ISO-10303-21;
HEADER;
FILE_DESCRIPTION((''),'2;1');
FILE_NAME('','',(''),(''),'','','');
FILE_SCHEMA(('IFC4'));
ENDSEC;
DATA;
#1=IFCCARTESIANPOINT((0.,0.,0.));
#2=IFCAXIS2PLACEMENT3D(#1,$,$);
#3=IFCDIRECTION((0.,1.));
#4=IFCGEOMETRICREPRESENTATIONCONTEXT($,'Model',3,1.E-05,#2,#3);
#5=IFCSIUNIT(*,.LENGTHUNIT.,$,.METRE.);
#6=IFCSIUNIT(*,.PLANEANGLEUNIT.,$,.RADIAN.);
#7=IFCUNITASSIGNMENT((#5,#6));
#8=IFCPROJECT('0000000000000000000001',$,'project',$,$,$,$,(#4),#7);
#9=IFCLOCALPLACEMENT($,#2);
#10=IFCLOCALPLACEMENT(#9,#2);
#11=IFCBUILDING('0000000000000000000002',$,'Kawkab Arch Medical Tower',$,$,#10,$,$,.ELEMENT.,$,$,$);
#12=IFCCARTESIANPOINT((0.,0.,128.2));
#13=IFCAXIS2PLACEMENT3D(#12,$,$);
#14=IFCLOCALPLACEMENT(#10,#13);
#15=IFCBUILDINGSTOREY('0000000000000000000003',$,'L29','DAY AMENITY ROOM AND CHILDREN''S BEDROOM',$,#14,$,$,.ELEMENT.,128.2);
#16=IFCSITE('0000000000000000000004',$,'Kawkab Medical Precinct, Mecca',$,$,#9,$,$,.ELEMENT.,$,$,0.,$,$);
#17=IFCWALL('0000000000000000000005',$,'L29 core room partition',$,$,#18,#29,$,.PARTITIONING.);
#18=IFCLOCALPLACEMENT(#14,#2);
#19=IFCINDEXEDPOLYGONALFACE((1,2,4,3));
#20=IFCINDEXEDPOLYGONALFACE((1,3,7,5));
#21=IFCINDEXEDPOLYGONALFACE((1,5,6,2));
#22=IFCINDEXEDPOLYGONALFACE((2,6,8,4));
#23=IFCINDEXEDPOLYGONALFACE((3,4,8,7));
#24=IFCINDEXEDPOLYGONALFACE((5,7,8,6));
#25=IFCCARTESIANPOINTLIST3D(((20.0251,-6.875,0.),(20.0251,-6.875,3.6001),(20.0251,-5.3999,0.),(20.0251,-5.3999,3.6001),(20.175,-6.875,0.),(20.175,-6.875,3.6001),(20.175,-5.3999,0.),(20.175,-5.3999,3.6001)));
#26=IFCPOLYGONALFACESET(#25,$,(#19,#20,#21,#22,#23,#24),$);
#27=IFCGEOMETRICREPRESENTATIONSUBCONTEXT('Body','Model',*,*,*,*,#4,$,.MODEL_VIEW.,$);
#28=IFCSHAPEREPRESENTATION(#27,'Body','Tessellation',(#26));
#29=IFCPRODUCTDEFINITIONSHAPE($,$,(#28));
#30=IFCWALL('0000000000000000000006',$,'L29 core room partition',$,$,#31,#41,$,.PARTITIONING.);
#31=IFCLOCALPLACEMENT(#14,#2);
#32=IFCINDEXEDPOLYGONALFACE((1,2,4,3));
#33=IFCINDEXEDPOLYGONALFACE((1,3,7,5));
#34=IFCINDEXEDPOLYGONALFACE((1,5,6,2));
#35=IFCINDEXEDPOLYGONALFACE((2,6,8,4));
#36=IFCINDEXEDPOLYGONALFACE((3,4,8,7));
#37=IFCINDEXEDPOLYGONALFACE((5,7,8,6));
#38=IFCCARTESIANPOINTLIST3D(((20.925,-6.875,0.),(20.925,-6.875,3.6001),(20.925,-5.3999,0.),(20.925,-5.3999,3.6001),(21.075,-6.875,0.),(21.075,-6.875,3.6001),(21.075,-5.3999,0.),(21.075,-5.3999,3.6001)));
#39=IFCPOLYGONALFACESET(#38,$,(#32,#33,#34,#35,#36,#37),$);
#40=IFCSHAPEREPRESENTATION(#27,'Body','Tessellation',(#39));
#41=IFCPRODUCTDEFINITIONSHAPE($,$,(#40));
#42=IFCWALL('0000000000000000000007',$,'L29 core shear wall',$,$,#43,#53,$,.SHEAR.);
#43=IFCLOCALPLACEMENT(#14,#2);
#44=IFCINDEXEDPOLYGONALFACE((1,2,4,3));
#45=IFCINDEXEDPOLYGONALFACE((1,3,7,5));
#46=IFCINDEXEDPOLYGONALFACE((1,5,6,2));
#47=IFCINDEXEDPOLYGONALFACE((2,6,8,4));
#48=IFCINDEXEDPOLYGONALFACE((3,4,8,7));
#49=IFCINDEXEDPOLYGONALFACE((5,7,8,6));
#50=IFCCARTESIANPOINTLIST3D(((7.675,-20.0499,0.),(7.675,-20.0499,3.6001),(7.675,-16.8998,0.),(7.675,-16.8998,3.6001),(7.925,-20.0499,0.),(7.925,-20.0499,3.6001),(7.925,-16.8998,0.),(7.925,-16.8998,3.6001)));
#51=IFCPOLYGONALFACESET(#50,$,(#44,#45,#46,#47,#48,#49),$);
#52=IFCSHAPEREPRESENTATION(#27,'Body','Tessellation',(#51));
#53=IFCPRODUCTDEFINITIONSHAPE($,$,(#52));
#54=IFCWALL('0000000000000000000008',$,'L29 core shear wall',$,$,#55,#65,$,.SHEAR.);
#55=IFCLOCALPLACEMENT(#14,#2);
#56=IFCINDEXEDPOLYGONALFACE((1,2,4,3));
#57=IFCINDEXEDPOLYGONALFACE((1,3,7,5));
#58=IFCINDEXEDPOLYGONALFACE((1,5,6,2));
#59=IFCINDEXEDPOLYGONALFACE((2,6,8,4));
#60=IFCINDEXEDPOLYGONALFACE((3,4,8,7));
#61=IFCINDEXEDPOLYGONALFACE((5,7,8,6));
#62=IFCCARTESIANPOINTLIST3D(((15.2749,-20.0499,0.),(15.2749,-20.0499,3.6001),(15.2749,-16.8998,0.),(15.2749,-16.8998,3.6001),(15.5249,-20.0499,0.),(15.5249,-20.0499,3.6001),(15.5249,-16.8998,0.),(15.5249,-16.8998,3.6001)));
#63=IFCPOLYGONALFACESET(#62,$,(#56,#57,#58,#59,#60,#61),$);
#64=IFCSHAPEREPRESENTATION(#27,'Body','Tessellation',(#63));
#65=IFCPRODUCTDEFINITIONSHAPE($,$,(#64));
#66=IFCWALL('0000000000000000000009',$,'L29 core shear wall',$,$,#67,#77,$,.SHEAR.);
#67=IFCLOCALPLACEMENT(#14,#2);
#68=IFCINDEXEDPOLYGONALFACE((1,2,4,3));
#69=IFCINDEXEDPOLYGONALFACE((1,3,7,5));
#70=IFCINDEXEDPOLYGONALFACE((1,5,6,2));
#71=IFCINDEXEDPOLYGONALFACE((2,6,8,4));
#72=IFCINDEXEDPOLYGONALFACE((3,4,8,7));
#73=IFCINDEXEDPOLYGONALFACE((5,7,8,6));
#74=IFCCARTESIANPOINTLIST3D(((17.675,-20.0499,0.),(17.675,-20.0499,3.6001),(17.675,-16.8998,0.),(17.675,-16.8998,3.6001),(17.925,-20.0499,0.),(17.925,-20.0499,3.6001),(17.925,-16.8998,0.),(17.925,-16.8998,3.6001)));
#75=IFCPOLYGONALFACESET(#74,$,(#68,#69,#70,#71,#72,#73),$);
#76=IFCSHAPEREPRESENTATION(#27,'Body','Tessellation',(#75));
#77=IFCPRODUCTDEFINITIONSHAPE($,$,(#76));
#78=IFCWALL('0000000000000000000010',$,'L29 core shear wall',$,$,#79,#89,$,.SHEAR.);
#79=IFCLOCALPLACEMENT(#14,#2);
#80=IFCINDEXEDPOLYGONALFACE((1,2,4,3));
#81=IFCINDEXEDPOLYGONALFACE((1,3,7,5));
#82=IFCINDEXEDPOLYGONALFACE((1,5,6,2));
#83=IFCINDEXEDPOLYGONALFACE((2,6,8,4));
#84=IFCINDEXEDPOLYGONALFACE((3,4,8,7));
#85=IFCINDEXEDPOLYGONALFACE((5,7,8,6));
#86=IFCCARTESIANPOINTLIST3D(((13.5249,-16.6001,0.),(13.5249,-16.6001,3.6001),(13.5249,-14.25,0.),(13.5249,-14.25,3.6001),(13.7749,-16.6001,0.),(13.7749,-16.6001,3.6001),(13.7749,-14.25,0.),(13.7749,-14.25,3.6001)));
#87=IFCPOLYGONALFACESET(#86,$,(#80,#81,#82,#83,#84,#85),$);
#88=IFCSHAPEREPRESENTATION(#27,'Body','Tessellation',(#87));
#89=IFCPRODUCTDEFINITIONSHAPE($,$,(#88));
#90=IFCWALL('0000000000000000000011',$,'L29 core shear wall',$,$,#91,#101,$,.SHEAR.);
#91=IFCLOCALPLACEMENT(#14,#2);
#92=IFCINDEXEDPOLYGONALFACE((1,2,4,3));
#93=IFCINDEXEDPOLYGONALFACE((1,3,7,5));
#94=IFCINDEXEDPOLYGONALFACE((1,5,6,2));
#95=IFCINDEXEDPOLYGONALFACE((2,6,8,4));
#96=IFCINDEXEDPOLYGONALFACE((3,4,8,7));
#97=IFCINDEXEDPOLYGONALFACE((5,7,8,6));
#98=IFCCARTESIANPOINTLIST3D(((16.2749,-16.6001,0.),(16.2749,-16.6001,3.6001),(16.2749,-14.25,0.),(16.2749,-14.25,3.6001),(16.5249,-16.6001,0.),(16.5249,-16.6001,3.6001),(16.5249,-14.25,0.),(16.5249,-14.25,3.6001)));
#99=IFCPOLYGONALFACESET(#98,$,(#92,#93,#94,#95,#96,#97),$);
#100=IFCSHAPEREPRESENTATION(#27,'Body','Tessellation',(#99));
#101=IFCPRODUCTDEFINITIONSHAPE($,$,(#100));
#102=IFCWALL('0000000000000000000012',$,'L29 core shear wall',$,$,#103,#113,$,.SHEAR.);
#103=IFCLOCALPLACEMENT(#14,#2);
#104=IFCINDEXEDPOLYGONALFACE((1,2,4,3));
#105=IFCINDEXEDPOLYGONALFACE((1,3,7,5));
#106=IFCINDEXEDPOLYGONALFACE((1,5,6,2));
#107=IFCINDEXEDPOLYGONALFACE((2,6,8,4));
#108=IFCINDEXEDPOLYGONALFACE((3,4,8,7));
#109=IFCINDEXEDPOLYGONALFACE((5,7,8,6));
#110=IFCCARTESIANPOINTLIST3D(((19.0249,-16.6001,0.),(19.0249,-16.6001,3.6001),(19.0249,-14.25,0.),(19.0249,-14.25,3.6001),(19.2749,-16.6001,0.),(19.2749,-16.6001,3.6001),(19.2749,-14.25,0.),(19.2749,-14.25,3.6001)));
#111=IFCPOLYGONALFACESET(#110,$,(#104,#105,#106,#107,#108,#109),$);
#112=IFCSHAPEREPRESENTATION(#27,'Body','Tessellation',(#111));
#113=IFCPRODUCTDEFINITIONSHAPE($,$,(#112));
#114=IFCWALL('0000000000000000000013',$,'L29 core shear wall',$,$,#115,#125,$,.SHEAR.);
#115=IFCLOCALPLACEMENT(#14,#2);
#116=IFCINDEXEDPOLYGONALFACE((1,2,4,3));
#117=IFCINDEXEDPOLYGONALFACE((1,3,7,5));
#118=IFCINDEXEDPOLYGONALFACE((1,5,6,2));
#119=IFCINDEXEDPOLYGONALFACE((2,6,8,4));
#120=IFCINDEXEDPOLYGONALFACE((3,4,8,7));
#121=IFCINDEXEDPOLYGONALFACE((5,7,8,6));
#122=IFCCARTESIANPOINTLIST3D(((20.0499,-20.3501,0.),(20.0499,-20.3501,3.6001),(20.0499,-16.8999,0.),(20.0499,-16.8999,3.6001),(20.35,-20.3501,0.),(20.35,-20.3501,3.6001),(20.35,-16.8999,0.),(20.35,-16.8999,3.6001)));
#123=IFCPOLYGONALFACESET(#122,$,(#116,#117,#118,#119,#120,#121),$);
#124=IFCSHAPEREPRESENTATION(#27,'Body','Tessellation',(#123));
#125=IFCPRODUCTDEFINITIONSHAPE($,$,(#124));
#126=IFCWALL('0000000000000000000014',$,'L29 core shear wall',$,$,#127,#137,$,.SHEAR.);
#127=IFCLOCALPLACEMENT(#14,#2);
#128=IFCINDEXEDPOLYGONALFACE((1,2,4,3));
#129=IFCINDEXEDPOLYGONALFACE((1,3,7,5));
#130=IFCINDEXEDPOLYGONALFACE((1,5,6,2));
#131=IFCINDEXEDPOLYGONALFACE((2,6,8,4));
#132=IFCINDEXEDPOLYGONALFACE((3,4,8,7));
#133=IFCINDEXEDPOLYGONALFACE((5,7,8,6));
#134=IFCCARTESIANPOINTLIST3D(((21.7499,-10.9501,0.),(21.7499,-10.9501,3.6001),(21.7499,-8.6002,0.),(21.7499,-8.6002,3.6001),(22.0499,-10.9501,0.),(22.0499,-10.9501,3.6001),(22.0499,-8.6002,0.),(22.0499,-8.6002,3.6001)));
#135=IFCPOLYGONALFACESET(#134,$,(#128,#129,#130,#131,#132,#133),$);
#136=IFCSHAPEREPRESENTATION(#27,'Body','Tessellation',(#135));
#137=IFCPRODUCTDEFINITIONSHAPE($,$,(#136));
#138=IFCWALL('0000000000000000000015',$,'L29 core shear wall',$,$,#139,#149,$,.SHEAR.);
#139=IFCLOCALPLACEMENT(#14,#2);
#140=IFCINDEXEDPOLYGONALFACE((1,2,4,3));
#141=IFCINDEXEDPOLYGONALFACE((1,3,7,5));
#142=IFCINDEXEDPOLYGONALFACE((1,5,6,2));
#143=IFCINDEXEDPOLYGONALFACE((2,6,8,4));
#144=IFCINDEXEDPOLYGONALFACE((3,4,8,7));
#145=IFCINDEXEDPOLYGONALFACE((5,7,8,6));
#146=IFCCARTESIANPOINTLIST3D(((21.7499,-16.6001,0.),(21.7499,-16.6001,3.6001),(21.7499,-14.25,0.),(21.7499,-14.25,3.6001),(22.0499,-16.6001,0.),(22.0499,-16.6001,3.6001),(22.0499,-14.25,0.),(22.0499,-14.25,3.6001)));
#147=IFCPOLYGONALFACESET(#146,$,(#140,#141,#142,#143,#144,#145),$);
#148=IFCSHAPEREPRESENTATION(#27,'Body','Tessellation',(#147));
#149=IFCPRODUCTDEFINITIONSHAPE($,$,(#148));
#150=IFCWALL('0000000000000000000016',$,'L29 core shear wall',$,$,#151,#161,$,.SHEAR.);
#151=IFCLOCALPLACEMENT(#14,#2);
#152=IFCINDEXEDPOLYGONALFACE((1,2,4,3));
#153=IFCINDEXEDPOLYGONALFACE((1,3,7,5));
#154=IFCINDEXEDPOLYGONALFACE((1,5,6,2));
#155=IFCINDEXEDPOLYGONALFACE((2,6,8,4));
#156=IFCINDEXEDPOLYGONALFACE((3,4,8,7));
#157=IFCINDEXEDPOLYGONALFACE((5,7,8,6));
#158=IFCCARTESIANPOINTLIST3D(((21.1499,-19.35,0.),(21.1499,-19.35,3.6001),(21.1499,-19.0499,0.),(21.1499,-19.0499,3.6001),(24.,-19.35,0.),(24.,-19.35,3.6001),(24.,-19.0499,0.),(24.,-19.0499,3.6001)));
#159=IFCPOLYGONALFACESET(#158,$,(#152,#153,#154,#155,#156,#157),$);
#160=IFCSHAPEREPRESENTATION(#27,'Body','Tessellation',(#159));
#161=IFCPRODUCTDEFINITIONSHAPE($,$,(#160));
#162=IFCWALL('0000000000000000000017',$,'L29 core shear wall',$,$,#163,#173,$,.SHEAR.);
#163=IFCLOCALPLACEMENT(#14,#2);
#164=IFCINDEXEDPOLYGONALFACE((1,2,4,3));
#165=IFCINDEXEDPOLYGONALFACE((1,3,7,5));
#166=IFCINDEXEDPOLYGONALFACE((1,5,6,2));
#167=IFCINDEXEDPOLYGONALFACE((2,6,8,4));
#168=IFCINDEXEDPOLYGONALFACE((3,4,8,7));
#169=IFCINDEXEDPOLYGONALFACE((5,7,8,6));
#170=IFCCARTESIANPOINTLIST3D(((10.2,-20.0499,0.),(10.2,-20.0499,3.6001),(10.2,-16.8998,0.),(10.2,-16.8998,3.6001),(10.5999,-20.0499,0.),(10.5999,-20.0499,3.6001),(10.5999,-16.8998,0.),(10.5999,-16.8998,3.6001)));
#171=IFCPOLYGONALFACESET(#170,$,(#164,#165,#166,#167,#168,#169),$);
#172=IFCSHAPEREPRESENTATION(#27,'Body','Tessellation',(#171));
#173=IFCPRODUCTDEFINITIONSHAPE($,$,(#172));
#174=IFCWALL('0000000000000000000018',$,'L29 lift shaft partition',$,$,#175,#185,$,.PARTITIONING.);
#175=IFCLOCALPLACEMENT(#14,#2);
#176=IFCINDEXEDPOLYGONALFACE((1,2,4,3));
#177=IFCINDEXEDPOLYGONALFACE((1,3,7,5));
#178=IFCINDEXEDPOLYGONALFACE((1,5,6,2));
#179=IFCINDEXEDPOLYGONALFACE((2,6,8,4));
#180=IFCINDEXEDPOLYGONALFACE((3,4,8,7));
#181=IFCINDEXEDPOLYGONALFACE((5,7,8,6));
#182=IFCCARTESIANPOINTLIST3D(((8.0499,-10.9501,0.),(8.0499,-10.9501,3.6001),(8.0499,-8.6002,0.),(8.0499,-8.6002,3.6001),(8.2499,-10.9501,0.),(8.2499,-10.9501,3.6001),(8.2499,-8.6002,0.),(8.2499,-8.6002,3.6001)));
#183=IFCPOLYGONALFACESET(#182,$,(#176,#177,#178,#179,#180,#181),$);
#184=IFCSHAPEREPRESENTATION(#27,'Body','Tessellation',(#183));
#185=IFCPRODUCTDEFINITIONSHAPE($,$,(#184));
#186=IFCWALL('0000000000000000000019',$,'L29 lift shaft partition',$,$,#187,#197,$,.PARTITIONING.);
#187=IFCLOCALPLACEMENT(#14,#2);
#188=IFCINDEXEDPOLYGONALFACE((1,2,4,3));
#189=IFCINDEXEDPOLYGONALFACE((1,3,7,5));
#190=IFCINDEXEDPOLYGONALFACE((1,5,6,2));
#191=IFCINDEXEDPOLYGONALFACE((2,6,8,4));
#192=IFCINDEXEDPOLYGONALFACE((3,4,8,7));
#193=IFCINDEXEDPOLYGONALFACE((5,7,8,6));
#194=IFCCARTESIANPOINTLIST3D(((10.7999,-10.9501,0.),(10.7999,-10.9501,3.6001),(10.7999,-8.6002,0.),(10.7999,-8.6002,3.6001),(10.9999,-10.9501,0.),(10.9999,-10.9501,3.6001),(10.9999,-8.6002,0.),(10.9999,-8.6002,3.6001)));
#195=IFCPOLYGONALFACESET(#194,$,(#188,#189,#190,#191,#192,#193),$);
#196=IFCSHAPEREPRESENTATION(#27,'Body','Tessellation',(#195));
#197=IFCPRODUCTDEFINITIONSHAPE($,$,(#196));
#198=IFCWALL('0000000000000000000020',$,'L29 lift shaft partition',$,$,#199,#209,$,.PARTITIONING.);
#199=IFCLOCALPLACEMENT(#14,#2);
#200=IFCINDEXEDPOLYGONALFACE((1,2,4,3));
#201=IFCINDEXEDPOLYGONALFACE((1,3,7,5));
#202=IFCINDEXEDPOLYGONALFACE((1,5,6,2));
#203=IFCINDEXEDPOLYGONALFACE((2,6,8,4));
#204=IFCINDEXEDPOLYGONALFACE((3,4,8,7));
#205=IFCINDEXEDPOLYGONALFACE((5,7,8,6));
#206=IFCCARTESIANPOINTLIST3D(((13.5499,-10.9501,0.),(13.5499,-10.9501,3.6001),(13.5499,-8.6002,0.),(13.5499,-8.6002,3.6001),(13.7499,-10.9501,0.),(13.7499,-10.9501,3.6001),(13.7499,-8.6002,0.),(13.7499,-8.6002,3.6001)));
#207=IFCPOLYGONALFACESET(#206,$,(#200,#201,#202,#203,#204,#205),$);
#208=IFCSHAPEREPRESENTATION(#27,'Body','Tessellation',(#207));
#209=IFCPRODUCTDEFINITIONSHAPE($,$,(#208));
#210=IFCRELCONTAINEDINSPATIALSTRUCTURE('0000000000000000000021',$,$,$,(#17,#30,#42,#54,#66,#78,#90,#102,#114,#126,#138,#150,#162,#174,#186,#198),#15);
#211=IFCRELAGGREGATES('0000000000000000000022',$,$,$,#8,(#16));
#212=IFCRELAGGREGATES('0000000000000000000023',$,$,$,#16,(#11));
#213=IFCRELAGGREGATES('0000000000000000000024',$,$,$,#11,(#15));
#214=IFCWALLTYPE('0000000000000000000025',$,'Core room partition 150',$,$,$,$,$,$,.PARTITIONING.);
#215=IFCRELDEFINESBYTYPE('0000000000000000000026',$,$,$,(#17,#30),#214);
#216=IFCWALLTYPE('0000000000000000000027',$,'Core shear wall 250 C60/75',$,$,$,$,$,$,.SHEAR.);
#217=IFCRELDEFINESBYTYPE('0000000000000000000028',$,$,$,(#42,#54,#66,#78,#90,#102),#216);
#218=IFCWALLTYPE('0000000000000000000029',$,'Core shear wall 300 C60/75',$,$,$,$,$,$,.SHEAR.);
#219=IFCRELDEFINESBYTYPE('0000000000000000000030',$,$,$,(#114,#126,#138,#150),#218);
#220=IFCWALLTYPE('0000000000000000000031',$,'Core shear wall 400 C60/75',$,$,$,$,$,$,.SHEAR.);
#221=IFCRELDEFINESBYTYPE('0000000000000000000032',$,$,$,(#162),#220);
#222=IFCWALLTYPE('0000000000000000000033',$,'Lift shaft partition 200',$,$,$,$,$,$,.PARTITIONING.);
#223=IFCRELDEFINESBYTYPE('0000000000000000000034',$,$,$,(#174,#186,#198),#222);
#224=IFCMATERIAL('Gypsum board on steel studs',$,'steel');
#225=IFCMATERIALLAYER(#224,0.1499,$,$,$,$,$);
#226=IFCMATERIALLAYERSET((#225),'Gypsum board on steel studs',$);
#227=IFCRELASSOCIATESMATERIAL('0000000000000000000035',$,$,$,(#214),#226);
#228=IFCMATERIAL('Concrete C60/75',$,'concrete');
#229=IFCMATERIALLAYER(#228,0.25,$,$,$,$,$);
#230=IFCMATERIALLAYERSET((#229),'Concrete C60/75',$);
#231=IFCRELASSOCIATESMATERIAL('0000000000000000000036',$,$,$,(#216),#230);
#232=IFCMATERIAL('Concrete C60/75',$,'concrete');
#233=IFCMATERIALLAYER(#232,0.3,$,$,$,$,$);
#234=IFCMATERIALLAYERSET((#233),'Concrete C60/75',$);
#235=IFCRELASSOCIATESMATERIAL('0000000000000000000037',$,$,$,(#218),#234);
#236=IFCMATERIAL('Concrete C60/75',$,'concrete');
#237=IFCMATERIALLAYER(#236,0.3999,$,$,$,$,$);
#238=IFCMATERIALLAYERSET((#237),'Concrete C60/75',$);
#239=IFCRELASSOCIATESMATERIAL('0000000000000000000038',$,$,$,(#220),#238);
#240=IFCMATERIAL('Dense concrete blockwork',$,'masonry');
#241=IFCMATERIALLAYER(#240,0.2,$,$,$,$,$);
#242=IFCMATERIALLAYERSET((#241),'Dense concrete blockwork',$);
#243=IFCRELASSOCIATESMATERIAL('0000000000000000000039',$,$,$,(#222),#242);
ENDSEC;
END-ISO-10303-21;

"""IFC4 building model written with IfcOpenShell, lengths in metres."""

from ifc_helpers import new_model, si_unit, direction, frame, frame_2d, origin, place, context, subcontext, project, spatial, rectangle, extrude, material, layer, layer_set, type_object, element, save


model = new_model("IFC4")

# Units and contexts
model_context = context("Model", 3, precision=1e-05, world=origin(), true_north=direction((0.0, 1.0)))
body_context = subcontext(model_context, "Body", "Model", "MODEL_VIEW")
ifc_project = project(units=[si_unit("LENGTHUNIT", "METRE"), si_unit("PLANEANGLEUNIT", "RADIAN")], contexts=[model_context])

# Site, building, storey
site_placement = place(None, origin())
site = spatial("IfcSite", under=ifc_project, at=site_placement, Name="Kawkab Medical Precinct, Mecca", CompositionType="ELEMENT", RefElevation=0.0)
building_placement = place(site_placement, origin())
building = spatial("IfcBuilding", under=site, at=building_placement, Name="Kawkab Arch Medical Tower", CompositionType="ELEMENT")
storey_placement = place(building_placement, frame((0.0, 0.0, 128.2)))
storey = spatial("IfcBuildingStorey", under=building, at=storey_placement, Name="L29", Description="DAY AMENITY ROOM AND CHILDREN'S BEDROOM", CompositionType="ELEMENT", Elevation=128.2)

# Shared definitions
ifc_material_1 = material(Name="Gypsum board on steel studs", Category="steel")
ifc_layer_1 = layer(ifc_material_1, 0.1499)
ifc_layer_set_1 = layer_set([ifc_layer_1], Name="Gypsum board on steel studs")
wall_type_1 = type_object("IfcWallType", Name="Core room partition 150", PredefinedType="PARTITIONING", material=ifc_layer_set_1)

# Walls
for number, where, z_axis, x_axis, name in (
    (1, (20.1001, -6.875, 0.0), (0.0, 0.0, 1.0), (0.0, 1.0, 0.0), "L29 core room partition"),
    (2, (21.0, -6.875, 0.0), (0.0, 0.0, 1.0), (0.0, 1.0, 0.0), "L29 core room partition"),
):
    element("IfcWall", number, at=place(storey_placement, frame(where, z_axis=z_axis, x_axis=x_axis)), inside=storey, type_object=wall_type_1, Name=name, PredefinedType="PARTITIONING", context=body_context, shape_type="SweptSolid", body=[
        extrude(rectangle(XDim=1.4751, YDim=0.1499, at=frame_2d((0.7375, 0.0))), origin(), (0.0, 0.0, 1.0), 3.6001),
    ])
ifc_material_2 = material(Name="Concrete C60/75", Category="concrete")
ifc_layer_2 = layer(ifc_material_2, 0.25)
ifc_layer_set_2 = layer_set([ifc_layer_2], Name="Concrete C60/75")
wall_type_2 = type_object("IfcWallType", Name="Core shear wall 250 C60/75", PredefinedType="SHEAR", material=ifc_layer_set_2)
for number, where, z_axis, x_axis, name in (
    (3, (7.8, -20.05, 0.0), (0.0, 0.0, 1.0), (0.0, 1.0, 0.0), "L29 core shear wall"),
    (4, (15.3999, -20.05, 0.0), (0.0, 0.0, 1.0), (0.0, 1.0, 0.0), "L29 core shear wall"),
    (5, (17.8, -20.05, 0.0), (0.0, 0.0, 1.0), (0.0, 1.0, 0.0), "L29 core shear wall"),
):
    element("IfcWall", number, at=place(storey_placement, frame(where, z_axis=z_axis, x_axis=x_axis)), inside=storey, type_object=wall_type_2, Name=name, PredefinedType="SHEAR", context=body_context, shape_type="SweptSolid", body=[
        extrude(rectangle(XDim=3.1501, YDim=0.25, at=frame_2d((1.5752, 0.0))), origin(), (0.0, 0.0, 1.0), 3.6001),
    ])
for number, where, z_axis, x_axis, name in (
    (6, (13.6499, -16.6001, 0.0), (0.0, 0.0, 1.0), (0.0, 1.0, 0.0), "L29 core shear wall"),
    (7, (16.3999, -16.6001, 0.0), (0.0, 0.0, 1.0), (0.0, 1.0, 0.0), "L29 core shear wall"),
    (8, (19.1499, -16.6001, 0.0), (0.0, 0.0, 1.0), (0.0, 1.0, 0.0), "L29 core shear wall"),
):
    element("IfcWall", number, at=place(storey_placement, frame(where, z_axis=z_axis, x_axis=x_axis)), inside=storey, type_object=wall_type_2, Name=name, PredefinedType="SHEAR", context=body_context, shape_type="SweptSolid", body=[
        extrude(rectangle(XDim=2.3501, YDim=0.25, at=frame_2d((1.175, 0.0))), origin(), (0.0, 0.0, 1.0), 3.6001),
    ])
ifc_material_3 = material(Name="Concrete C60/75", Category="concrete")
ifc_layer_3 = layer(ifc_material_3, 0.3)
ifc_layer_set_3 = layer_set([ifc_layer_3], Name="Concrete C60/75")
wall_type_3 = type_object("IfcWallType", Name="Core shear wall 300 C60/75", PredefinedType="SHEAR", material=ifc_layer_set_3)
wall_1_placement = place(storey_placement, frame((20.2, -20.3501, 0.0), z_axis=(0.0, 0.0, 1.0), x_axis=(0.0, 1.0, 0.0)))
element("IfcWall", 9, at=wall_1_placement, inside=storey, type_object=wall_type_3, Name="L29 core shear wall", PredefinedType="SHEAR", context=body_context, shape_type="SweptSolid", body=[
    extrude(rectangle(XDim=3.4502, YDim=0.3, at=frame_2d((1.7251, 0.0))), origin(), (0.0, 0.0, 1.0), 3.6001),
])
wall_2_placement = place(storey_placement, frame((21.8999, -10.95, 0.0), z_axis=(0.0, 0.0, 1.0), x_axis=(0.0, 1.0, 0.0)))
element("IfcWall", 10, at=wall_2_placement, inside=storey, type_object=wall_type_3, Name="L29 core shear wall", PredefinedType="SHEAR", context=body_context, shape_type="SweptSolid", body=[
    extrude(rectangle(XDim=2.3499, YDim=0.3, at=frame_2d((1.1748, 0.0))), origin(), (0.0, 0.0, 1.0), 3.6001),
])
wall_3_placement = place(storey_placement, frame((21.8999, -16.6001, 0.0), z_axis=(0.0, 0.0, 1.0), x_axis=(0.0, 1.0, 0.0)))
element("IfcWall", 11, at=wall_3_placement, inside=storey, type_object=wall_type_3, Name="L29 core shear wall", PredefinedType="SHEAR", context=body_context, shape_type="SweptSolid", body=[
    extrude(rectangle(XDim=2.3501, YDim=0.3, at=frame_2d((1.175, 0.0))), origin(), (0.0, 0.0, 1.0), 3.6001),
])
wall_4_placement = place(storey_placement, frame((21.1499, -19.2, 0.0), z_axis=(0.0, 0.0, 1.0), x_axis=(1.0, 0.0, 0.0)))
element("IfcWall", 12, at=wall_4_placement, inside=storey, type_object=wall_type_3, Name="L29 core shear wall", PredefinedType="SHEAR", context=body_context, shape_type="SweptSolid", body=[
    extrude(rectangle(XDim=2.8501, YDim=0.3, at=frame_2d((1.425, 0.0))), origin(), (0.0, 0.0, 1.0), 3.6001),
])
ifc_material_4 = material(Name="Concrete C60/75", Category="concrete")
ifc_layer_4 = layer(ifc_material_4, 0.3999)
ifc_layer_set_4 = layer_set([ifc_layer_4], Name="Concrete C60/75")
wall_type_4 = type_object("IfcWallType", Name="Core shear wall 400 C60/75", PredefinedType="SHEAR", material=ifc_layer_set_4)
wall_5_placement = place(storey_placement, frame((10.3999, -20.05, 0.0), z_axis=(0.0, 0.0, 1.0), x_axis=(0.0, 1.0, 0.0)))
element("IfcWall", 13, at=wall_5_placement, inside=storey, type_object=wall_type_4, Name="L29 core shear wall", PredefinedType="SHEAR", context=body_context, shape_type="SweptSolid", body=[
    extrude(rectangle(XDim=3.1501, YDim=0.3999, at=frame_2d((1.5752, 0.0))), origin(), (0.0, 0.0, 1.0), 3.6001),
])
ifc_material_5 = material(Name="Dense concrete blockwork", Category="masonry")
ifc_layer_5 = layer(ifc_material_5, 0.2)
ifc_layer_set_5 = layer_set([ifc_layer_5], Name="Dense concrete blockwork")
wall_type_5 = type_object("IfcWallType", Name="Lift shaft partition 200", PredefinedType="PARTITIONING", material=ifc_layer_set_5)
for number, where, z_axis, x_axis, name in (
    (14, (8.1499, -10.95, 0.0), (0.0, 0.0, 1.0), (0.0, 1.0, 0.0), "L29 lift shaft partition"),
    (15, (10.8999, -10.95, 0.0), (0.0, 0.0, 1.0), (0.0, 1.0, 0.0), "L29 lift shaft partition"),
    (16, (13.6499, -10.95, 0.0), (0.0, 0.0, 1.0), (0.0, 1.0, 0.0), "L29 lift shaft partition"),
):
    element("IfcWall", number, at=place(storey_placement, frame(where, z_axis=z_axis, x_axis=x_axis)), inside=storey, type_object=wall_type_5, Name=name, PredefinedType="PARTITIONING", context=body_context, shape_type="SweptSolid", body=[
        extrude(rectangle(XDim=2.3499, YDim=0.2, at=frame_2d((1.1748, 0.0))), origin(), (0.0, 0.0, 1.0), 3.6001),
    ])

save(model, "model.ifc")
